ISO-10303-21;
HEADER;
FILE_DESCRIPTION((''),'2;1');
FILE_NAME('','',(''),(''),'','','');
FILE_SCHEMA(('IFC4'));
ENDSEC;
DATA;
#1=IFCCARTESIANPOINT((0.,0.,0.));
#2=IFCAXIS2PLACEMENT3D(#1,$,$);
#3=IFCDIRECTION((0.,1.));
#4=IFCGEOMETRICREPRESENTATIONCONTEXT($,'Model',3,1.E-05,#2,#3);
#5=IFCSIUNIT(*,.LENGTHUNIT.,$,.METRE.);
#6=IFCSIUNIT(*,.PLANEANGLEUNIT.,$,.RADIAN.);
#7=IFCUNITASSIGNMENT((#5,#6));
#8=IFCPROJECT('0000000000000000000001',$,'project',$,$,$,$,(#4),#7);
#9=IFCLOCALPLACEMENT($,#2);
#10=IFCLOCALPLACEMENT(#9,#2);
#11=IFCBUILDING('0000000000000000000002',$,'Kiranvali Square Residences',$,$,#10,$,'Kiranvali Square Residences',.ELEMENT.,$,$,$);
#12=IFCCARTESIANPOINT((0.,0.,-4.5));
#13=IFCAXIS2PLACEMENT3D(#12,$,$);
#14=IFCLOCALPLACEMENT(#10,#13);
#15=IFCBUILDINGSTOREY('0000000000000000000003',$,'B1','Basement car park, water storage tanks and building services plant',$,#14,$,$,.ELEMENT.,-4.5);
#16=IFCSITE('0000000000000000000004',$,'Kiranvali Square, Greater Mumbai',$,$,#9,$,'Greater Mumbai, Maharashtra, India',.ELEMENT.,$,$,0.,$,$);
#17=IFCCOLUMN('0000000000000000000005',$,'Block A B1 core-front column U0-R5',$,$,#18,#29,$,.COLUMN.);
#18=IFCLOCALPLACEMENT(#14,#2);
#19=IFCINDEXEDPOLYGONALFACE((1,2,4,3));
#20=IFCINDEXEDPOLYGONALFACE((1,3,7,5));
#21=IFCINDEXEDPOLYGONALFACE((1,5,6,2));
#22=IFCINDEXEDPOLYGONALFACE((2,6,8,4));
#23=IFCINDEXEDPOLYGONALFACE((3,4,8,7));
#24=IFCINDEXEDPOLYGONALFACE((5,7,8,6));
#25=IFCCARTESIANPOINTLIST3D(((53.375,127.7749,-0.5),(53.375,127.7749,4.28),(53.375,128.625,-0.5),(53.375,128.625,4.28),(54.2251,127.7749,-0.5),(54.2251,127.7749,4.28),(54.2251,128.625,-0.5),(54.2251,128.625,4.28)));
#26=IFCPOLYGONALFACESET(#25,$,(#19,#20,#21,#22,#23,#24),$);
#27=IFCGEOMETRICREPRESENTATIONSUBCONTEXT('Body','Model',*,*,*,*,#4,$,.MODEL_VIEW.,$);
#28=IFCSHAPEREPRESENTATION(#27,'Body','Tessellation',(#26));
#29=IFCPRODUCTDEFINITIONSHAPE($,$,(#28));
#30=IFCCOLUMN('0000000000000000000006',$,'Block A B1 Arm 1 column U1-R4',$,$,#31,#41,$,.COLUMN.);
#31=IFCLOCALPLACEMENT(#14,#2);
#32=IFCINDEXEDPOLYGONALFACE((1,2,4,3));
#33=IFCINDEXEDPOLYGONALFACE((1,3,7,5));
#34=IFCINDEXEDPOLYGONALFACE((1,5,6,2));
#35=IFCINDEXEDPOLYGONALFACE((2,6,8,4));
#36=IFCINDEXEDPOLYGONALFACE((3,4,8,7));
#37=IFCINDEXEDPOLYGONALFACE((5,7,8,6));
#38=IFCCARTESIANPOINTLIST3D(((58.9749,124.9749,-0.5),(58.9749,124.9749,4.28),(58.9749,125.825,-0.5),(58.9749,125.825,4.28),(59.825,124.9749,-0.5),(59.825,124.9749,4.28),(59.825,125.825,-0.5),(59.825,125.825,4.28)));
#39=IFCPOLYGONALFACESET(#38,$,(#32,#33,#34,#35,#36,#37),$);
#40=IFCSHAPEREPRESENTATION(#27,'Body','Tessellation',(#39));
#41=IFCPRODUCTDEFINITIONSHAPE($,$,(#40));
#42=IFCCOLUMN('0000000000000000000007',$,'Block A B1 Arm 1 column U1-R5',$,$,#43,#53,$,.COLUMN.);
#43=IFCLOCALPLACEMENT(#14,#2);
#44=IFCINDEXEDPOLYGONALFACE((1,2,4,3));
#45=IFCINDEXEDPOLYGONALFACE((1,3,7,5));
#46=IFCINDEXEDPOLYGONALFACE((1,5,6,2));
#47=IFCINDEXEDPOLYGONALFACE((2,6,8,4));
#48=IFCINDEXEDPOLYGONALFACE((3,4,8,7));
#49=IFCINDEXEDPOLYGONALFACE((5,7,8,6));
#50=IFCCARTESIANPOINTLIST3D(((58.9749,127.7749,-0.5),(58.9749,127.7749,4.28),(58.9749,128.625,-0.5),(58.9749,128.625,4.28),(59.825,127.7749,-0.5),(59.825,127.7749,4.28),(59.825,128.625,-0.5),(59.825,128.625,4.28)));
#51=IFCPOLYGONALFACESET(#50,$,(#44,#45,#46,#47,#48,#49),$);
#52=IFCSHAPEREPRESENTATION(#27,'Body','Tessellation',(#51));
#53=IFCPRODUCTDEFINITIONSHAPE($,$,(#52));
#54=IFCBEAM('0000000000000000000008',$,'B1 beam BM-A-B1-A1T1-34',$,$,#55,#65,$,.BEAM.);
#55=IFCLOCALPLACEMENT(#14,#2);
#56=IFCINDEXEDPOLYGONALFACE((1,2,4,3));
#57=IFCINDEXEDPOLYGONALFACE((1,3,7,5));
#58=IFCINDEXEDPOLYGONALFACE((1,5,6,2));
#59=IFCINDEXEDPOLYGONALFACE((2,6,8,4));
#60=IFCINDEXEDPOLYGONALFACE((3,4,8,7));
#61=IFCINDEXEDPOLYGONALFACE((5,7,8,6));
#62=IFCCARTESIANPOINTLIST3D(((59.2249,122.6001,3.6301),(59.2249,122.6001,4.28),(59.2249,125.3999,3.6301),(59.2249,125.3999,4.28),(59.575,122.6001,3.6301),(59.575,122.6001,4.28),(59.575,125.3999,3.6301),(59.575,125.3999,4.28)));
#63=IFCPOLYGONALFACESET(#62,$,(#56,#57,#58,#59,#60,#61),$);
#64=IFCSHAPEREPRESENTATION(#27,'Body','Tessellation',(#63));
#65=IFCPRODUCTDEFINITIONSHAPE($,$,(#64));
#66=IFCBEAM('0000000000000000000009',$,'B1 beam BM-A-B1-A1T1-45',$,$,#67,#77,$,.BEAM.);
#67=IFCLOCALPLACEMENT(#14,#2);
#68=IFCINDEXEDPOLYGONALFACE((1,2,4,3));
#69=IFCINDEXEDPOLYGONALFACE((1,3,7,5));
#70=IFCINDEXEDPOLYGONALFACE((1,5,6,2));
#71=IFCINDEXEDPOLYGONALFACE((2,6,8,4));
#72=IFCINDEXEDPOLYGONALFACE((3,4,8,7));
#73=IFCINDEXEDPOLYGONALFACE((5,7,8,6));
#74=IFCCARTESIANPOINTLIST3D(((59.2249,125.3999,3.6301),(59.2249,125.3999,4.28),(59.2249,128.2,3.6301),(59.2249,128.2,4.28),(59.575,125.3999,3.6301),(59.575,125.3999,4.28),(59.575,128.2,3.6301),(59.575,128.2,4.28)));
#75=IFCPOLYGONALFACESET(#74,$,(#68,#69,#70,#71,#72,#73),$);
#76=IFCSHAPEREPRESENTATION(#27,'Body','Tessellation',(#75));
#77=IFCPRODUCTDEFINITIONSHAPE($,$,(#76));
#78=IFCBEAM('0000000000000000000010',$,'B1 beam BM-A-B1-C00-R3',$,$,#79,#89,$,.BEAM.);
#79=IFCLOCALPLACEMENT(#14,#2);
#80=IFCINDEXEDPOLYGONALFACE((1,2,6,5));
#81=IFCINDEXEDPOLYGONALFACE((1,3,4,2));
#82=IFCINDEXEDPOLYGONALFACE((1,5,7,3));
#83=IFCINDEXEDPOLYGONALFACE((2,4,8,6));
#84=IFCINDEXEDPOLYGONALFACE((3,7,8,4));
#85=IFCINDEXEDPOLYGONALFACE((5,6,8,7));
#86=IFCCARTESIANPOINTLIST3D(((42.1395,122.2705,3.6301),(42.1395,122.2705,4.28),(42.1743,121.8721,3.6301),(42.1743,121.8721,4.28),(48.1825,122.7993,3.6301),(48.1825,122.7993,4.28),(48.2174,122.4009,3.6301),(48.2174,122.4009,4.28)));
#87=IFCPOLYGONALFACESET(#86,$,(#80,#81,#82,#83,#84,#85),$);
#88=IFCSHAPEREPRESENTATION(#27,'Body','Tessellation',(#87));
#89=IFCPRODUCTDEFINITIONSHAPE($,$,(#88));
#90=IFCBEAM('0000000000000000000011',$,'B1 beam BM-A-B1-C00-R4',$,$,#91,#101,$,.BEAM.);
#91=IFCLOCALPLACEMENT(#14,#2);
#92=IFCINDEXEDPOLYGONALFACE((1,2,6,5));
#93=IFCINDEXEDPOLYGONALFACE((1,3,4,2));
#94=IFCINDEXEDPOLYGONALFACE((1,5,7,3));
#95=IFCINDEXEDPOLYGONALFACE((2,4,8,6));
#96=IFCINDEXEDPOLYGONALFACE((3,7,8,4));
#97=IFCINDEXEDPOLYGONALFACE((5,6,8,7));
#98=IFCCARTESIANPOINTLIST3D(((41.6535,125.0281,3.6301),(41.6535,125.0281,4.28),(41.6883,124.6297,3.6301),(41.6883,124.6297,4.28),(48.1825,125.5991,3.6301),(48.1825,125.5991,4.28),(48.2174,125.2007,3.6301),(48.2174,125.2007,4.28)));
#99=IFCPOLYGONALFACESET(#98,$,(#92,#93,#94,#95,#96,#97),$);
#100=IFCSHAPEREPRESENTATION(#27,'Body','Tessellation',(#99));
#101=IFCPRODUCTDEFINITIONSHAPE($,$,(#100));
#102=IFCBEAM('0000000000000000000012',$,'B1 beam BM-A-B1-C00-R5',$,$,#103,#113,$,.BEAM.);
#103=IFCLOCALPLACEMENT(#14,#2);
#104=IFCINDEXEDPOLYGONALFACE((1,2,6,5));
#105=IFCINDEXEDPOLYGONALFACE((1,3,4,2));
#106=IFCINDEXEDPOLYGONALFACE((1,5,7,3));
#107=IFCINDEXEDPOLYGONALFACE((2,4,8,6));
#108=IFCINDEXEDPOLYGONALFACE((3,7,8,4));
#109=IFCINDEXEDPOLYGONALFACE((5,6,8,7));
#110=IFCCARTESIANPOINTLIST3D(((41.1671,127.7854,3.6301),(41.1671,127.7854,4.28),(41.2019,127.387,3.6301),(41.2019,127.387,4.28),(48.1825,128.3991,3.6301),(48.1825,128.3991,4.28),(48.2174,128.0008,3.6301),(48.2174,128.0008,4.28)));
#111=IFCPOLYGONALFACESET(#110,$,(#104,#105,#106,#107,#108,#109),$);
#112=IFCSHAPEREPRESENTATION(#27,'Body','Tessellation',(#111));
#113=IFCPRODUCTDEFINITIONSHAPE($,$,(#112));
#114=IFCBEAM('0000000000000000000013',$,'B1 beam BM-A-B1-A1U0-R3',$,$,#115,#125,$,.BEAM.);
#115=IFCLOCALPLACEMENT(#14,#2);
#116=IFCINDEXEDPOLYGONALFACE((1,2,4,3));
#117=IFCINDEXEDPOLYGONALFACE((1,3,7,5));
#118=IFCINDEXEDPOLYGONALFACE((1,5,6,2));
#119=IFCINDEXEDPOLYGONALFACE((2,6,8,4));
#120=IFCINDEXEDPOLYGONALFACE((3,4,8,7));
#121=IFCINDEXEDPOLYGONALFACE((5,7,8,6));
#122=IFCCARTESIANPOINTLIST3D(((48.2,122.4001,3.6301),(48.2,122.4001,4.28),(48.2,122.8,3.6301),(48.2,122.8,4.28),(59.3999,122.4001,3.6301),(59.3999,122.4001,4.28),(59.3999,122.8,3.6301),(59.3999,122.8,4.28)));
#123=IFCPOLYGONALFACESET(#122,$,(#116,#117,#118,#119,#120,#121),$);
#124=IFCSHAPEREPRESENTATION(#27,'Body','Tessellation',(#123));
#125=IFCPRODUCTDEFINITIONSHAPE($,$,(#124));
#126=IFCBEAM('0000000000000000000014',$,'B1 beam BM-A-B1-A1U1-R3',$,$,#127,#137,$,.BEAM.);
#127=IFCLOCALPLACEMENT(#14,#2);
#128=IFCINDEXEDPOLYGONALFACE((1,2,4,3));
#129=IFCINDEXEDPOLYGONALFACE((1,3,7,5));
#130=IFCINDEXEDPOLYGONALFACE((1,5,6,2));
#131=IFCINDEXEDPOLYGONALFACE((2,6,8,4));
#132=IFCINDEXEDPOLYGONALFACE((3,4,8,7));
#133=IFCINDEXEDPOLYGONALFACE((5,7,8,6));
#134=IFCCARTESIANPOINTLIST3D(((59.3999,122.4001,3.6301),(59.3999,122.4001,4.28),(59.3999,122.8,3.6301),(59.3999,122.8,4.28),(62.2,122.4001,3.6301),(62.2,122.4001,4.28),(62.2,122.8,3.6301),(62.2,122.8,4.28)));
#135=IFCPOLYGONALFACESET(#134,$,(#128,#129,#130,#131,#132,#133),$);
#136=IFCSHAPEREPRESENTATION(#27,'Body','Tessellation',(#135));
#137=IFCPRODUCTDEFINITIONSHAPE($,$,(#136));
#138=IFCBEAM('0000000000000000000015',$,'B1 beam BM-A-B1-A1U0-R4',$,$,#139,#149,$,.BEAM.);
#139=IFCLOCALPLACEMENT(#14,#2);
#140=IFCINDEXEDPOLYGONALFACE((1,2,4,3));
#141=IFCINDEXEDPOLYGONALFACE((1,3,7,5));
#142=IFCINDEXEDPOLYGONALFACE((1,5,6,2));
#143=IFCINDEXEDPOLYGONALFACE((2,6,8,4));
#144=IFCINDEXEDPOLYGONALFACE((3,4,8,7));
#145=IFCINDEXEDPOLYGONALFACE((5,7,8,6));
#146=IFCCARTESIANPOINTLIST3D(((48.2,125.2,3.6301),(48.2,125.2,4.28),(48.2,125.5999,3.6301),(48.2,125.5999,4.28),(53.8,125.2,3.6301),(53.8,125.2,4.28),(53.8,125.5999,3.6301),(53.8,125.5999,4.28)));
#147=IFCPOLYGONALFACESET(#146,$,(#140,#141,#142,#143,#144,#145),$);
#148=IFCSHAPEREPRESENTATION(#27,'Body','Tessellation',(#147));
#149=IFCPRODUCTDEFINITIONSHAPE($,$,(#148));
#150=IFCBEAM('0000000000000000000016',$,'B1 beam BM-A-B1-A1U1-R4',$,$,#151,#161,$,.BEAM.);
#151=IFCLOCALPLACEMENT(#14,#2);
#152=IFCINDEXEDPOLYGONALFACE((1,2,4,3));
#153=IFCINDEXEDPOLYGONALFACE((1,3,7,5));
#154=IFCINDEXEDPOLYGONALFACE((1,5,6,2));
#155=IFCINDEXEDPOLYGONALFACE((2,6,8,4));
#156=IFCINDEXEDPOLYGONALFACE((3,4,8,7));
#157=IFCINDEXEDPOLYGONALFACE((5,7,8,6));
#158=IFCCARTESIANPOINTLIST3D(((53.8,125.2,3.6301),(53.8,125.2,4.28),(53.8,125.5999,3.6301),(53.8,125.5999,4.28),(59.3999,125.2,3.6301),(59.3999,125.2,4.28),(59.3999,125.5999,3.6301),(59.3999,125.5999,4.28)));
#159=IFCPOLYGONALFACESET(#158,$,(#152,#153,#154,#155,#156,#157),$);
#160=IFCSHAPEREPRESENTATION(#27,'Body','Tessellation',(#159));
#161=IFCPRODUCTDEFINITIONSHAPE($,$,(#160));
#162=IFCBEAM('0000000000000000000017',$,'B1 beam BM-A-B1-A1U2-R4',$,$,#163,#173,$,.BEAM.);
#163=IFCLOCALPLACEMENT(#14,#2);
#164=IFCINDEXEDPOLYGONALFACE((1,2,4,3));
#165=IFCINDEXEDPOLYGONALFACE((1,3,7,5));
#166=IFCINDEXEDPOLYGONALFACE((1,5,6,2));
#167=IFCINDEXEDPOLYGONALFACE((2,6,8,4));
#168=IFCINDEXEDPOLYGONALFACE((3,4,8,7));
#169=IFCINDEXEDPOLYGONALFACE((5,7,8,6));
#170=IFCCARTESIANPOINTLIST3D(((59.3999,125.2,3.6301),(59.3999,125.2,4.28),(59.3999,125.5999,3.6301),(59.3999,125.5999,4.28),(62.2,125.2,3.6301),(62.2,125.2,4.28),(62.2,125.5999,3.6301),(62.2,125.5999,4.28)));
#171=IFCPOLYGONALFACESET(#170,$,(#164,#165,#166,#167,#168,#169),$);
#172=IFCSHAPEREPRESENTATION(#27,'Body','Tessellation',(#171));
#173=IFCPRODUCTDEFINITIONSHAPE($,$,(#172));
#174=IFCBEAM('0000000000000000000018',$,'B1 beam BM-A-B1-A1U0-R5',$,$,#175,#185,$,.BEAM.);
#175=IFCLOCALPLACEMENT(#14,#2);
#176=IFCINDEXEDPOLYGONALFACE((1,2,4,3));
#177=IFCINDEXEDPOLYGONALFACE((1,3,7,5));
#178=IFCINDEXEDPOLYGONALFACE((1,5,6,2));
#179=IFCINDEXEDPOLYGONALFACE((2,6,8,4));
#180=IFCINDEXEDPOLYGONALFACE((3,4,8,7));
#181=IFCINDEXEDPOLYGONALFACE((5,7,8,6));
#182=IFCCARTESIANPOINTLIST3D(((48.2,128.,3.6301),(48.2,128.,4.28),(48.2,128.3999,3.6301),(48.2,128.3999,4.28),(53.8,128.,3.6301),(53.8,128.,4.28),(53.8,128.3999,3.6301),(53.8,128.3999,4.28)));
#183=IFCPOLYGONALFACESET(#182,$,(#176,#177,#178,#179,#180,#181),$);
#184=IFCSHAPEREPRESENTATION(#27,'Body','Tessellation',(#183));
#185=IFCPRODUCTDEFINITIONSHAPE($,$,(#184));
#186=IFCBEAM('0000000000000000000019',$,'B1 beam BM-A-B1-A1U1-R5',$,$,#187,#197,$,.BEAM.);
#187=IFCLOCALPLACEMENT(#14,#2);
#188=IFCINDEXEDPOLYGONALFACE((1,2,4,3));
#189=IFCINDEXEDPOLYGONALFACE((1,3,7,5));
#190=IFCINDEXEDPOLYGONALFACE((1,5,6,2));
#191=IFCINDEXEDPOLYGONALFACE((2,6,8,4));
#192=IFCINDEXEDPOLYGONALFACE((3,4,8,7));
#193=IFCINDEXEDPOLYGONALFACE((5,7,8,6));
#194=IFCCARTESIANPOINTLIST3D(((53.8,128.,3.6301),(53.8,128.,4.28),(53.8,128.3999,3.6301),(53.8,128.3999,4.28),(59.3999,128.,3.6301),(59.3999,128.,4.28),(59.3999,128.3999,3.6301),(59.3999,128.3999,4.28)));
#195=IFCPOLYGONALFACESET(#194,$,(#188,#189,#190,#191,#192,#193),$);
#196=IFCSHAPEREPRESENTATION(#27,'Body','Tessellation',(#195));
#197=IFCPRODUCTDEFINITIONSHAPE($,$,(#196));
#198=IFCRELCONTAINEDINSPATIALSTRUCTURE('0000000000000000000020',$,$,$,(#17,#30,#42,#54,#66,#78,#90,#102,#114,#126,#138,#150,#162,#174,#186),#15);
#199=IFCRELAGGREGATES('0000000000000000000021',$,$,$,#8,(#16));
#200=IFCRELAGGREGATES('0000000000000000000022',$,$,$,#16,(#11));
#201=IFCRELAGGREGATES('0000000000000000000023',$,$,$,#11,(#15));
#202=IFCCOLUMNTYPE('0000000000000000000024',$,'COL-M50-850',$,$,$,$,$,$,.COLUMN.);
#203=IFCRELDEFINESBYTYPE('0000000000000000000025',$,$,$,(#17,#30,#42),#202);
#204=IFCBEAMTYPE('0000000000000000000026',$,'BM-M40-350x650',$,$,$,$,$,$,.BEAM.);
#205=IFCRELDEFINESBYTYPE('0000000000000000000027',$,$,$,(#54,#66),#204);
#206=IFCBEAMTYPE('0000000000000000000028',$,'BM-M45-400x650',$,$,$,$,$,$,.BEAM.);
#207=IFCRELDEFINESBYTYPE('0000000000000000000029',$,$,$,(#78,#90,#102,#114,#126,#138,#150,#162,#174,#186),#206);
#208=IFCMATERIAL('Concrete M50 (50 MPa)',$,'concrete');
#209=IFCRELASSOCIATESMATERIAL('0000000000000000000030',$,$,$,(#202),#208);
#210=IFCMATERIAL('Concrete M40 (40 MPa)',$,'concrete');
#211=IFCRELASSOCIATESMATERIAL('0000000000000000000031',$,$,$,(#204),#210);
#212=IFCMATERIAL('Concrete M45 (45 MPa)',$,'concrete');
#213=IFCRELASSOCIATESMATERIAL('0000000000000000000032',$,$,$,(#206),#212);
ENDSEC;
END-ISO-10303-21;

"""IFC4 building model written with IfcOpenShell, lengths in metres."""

from ifc_helpers import new_model, si_unit, direction, frame, origin, origin_2d, place, context, subcontext, project, spatial, rectangle, extrude, material, material_profile, profile_set, type_object, element, save


model = new_model("IFC4")

# Units and contexts
model_context = context("Model", 3, precision=1e-05, world=origin(), true_north=direction((0.0, 1.0)))
body_context = subcontext(model_context, "Body", "Model", "MODEL_VIEW")
ifc_project = project(units=[si_unit("LENGTHUNIT", "METRE"), si_unit("PLANEANGLEUNIT", "RADIAN")], contexts=[model_context])

# Site, building, storey
site_placement = place(None, origin())
site = spatial("IfcSite", under=ifc_project, at=site_placement, Name="Kiranvali Square, Greater Mumbai", LongName="Greater Mumbai, Maharashtra, India", CompositionType="ELEMENT", RefElevation=0.0)
building_placement = place(site_placement, origin())
building = spatial("IfcBuilding", under=site, at=building_placement, Name="Kiranvali Square Residences", LongName="Kiranvali Square Residences", CompositionType="ELEMENT")
storey_placement = place(building_placement, frame((0.0, 0.0, -4.5)))
storey = spatial("IfcBuildingStorey", under=building, at=storey_placement, Name="B1", Description="Basement car park, water storage tanks and building services plant", CompositionType="ELEMENT", Elevation=-4.5)

# Shared definitions
ifc_material_1 = material(Name="Concrete M40 (40 MPa)", Category="concrete")

# Columns
ifc_material_2 = material(Name="Concrete M50 (50 MPa)", Category="concrete")
ifc_material_profile_1 = material_profile(ifc_material_2, rectangle(XDim=0.8501, YDim=0.8501, at=origin_2d()), Name="RC 850x850")
ifc_profile_set_1 = profile_set([ifc_material_profile_1], Name="Concrete M50 (50 MPa)")
column_type = type_object("IfcColumnType", Name="COL-M50-850", PredefinedType="COLUMN", material=ifc_profile_set_1)
for number, where, z_axis, x_axis, name in (
    (1, (53.8, 128.2, -0.5), (0.0, 0.0, 1.0), (1.0, 0.0, 0.0), "Block A B1 core-front column U0-R5"),
    (2, (59.3999, 125.3999, -0.5), (0.0, 0.0, 1.0), (1.0, 0.0, 0.0), "Block A B1 Arm 1 column U1-R4"),
    (3, (59.3999, 128.2, -0.5), (0.0, 0.0, 1.0), (1.0, 0.0, 0.0), "Block A B1 Arm 1 column U1-R5"),
):
    element("IfcColumn", number, at=place(storey_placement, frame(where, z_axis=z_axis, x_axis=x_axis)), inside=storey, type_object=column_type, Name=name, PredefinedType="COLUMN", context=body_context, shape_type="SweptSolid", body=[
        extrude(rectangle(XDim=0.8501, YDim=0.8501, at=origin_2d()), origin(), (0.0, 0.0, 1.0), 4.78),
    ])

# Beams
ifc_material_profile_2 = material_profile(ifc_material_1, rectangle(XDim=0.3501, YDim=0.6499, at=origin_2d()), Name="RC 350x650")
ifc_profile_set_2 = profile_set([ifc_material_profile_2], Name="Concrete M40 (40 MPa)")
beam_type_1 = type_object("IfcBeamType", Name="BM-M40-350x650", PredefinedType="BEAM", material=ifc_profile_set_2)
beam_1_placement = place(storey_placement, frame((59.3999, 122.6001, 3.9551), z_axis=(0.0, 1.0, 0.0), x_axis=(-1.0, 0.0, 0.0)))
element("IfcBeam", 4, at=beam_1_placement, inside=storey, type_object=beam_type_1, Name="B1 beam BM-A-B1-A1T1-34", PredefinedType="BEAM", context=body_context, shape_type="SweptSolid", body=[
    extrude(rectangle(XDim=0.3501, YDim=0.6499, at=origin_2d()), origin(), (0.0, 0.0, 1.0), 2.7998),
])
beam_2_placement = place(storey_placement, frame((59.3999, 125.3999, 3.9551), z_axis=(0.0, 1.0, 0.0), x_axis=(-1.0, 0.0, 0.0)))
element("IfcBeam", 5, at=beam_2_placement, inside=storey, type_object=beam_type_1, Name="B1 beam BM-A-B1-A1T1-45", PredefinedType="BEAM", context=body_context, shape_type="SweptSolid", body=[
    extrude(rectangle(XDim=0.3501, YDim=0.6499, at=origin_2d()), origin(), (0.0, 0.0, 1.0), 2.8),
])
ifc_material_3 = material(Name="Concrete M45 (45 MPa)", Category="concrete")
ifc_material_profile_3 = material_profile(ifc_material_3, rectangle(XDim=0.3999, YDim=0.6499, at=origin_2d()), Name="RC 400x650")
ifc_profile_set_3 = profile_set([ifc_material_profile_3], Name="Concrete M45 (45 MPa)")
beam_type_2 = type_object("IfcBeamType", Name="BM-M45-400x650", PredefinedType="BEAM", material=ifc_profile_set_3)
beam_3_placement = place(storey_placement, frame((48.2, 122.6001, 3.9551), z_axis=(-0.996193, -0.087175, 0.0), x_axis=(0.087175, -0.996193, 0.0)))
element("IfcBeam", 6, at=beam_3_placement, inside=storey, type_object=beam_type_2, Name="B1 beam BM-A-B1-C00-R3", PredefinedType="BEAM", context=body_context, shape_type="SweptSolid", body=[
    extrude(rectangle(XDim=0.3999, YDim=0.6499, at=origin_2d()), origin(), (0.0, 0.0, 1.0), 6.0662),
])
beam_4_placement = place(storey_placement, frame((48.2, 125.3999, 3.9551), z_axis=(-0.996197, -0.08713, 0.0), x_axis=(0.08713, -0.996197, 0.0)))
element("IfcBeam", 7, at=beam_4_placement, inside=storey, type_object=beam_type_2, Name="B1 beam BM-A-B1-C00-R4", PredefinedType="BEAM", context=body_context, shape_type="SweptSolid", body=[
    extrude(rectangle(XDim=0.3999, YDim=0.6499, at=origin_2d()), origin(), (0.0, 0.0, 1.0), 6.554),
])
beam_5_placement = place(storey_placement, frame((48.2, 128.2, 3.9551), z_axis=(-0.996195, -0.087156, 0.0), x_axis=(0.087156, -0.996195, 0.0)))
element("IfcBeam", 8, at=beam_5_placement, inside=storey, type_object=beam_type_2, Name="B1 beam BM-A-B1-C00-R5", PredefinedType="BEAM", context=body_context, shape_type="SweptSolid", body=[
    extrude(rectangle(XDim=0.3999, YDim=0.6499, at=origin_2d()), origin(), (0.0, 0.0, 1.0), 7.0422),
])
beam_6_placement = place(storey_placement, frame((48.2, 122.6001, 3.9551), z_axis=(1.0, 0.0, 0.0), x_axis=(0.0, 1.0, 0.0)))
element("IfcBeam", 9, at=beam_6_placement, inside=storey, type_object=beam_type_2, Name="B1 beam BM-A-B1-A1U0-R3", PredefinedType="BEAM", context=body_context, shape_type="SweptSolid", body=[
    extrude(rectangle(XDim=0.3999, YDim=0.6499, at=origin_2d()), origin(), (0.0, 0.0, 1.0), 11.2),
])
beam_7_placement = place(storey_placement, frame((59.3999, 122.6001, 3.9551), z_axis=(1.0, 0.0, 0.0), x_axis=(0.0, 1.0, 0.0)))
element("IfcBeam", 10, at=beam_7_placement, inside=storey, type_object=beam_type_2, Name="B1 beam BM-A-B1-A1U1-R3", PredefinedType="BEAM", context=body_context, shape_type="SweptSolid", body=[
    extrude(rectangle(XDim=0.3999, YDim=0.6499, at=origin_2d()), origin(), (0.0, 0.0, 1.0), 2.8),
])
beam_8_placement = place(storey_placement, frame((48.2, 125.3999, 3.9551), z_axis=(1.0, 0.0, 0.0), x_axis=(0.0, 1.0, 0.0)))
element("IfcBeam", 11, at=beam_8_placement, inside=storey, type_object=beam_type_2, Name="B1 beam BM-A-B1-A1U0-R4", PredefinedType="BEAM", context=body_context, shape_type="SweptSolid", body=[
    extrude(rectangle(XDim=0.3999, YDim=0.6499, at=origin_2d()), origin(), (0.0, 0.0, 1.0), 5.6001),
])
beam_9_placement = place(storey_placement, frame((53.8, 125.3999, 3.9551), z_axis=(1.0, 0.0, 0.0), x_axis=(0.0, 1.0, 0.0)))
element("IfcBeam", 12, at=beam_9_placement, inside=storey, type_object=beam_type_2, Name="B1 beam BM-A-B1-A1U1-R4", PredefinedType="BEAM", context=body_context, shape_type="SweptSolid", body=[
    extrude(rectangle(XDim=0.3999, YDim=0.6499, at=origin_2d()), origin(), (0.0, 0.0, 1.0), 5.5999),
])
beam_10_placement = place(storey_placement, frame((59.3999, 125.3999, 3.9551), z_axis=(1.0, 0.0, 0.0), x_axis=(0.0, 1.0, 0.0)))
element("IfcBeam", 13, at=beam_10_placement, inside=storey, type_object=beam_type_2, Name="B1 beam BM-A-B1-A1U2-R4", PredefinedType="BEAM", context=body_context, shape_type="SweptSolid", body=[
    extrude(rectangle(XDim=0.3999, YDim=0.6499, at=origin_2d()), origin(), (0.0, 0.0, 1.0), 2.8),
])
beam_11_placement = place(storey_placement, frame((48.2, 128.2, 3.9551), z_axis=(1.0, 0.0, 0.0), x_axis=(0.0, 1.0, 0.0)))
element("IfcBeam", 14, at=beam_11_placement, inside=storey, type_object=beam_type_2, Name="B1 beam BM-A-B1-A1U0-R5", PredefinedType="BEAM", context=body_context, shape_type="SweptSolid", body=[
    extrude(rectangle(XDim=0.3999, YDim=0.6499, at=origin_2d()), origin(), (0.0, 0.0, 1.0), 5.6001),
])
beam_12_placement = place(storey_placement, frame((53.8, 128.2, 3.9551), z_axis=(1.0, 0.0, 0.0), x_axis=(0.0, 1.0, 0.0)))
element("IfcBeam", 15, at=beam_12_placement, inside=storey, type_object=beam_type_2, Name="B1 beam BM-A-B1-A1U1-R5", PredefinedType="BEAM", context=body_context, shape_type="SweptSolid", body=[
    extrude(rectangle(XDim=0.3999, YDim=0.6499, at=origin_2d()), origin(), (0.0, 0.0, 1.0), 5.5999),
])

save(model, "model.ifc")
